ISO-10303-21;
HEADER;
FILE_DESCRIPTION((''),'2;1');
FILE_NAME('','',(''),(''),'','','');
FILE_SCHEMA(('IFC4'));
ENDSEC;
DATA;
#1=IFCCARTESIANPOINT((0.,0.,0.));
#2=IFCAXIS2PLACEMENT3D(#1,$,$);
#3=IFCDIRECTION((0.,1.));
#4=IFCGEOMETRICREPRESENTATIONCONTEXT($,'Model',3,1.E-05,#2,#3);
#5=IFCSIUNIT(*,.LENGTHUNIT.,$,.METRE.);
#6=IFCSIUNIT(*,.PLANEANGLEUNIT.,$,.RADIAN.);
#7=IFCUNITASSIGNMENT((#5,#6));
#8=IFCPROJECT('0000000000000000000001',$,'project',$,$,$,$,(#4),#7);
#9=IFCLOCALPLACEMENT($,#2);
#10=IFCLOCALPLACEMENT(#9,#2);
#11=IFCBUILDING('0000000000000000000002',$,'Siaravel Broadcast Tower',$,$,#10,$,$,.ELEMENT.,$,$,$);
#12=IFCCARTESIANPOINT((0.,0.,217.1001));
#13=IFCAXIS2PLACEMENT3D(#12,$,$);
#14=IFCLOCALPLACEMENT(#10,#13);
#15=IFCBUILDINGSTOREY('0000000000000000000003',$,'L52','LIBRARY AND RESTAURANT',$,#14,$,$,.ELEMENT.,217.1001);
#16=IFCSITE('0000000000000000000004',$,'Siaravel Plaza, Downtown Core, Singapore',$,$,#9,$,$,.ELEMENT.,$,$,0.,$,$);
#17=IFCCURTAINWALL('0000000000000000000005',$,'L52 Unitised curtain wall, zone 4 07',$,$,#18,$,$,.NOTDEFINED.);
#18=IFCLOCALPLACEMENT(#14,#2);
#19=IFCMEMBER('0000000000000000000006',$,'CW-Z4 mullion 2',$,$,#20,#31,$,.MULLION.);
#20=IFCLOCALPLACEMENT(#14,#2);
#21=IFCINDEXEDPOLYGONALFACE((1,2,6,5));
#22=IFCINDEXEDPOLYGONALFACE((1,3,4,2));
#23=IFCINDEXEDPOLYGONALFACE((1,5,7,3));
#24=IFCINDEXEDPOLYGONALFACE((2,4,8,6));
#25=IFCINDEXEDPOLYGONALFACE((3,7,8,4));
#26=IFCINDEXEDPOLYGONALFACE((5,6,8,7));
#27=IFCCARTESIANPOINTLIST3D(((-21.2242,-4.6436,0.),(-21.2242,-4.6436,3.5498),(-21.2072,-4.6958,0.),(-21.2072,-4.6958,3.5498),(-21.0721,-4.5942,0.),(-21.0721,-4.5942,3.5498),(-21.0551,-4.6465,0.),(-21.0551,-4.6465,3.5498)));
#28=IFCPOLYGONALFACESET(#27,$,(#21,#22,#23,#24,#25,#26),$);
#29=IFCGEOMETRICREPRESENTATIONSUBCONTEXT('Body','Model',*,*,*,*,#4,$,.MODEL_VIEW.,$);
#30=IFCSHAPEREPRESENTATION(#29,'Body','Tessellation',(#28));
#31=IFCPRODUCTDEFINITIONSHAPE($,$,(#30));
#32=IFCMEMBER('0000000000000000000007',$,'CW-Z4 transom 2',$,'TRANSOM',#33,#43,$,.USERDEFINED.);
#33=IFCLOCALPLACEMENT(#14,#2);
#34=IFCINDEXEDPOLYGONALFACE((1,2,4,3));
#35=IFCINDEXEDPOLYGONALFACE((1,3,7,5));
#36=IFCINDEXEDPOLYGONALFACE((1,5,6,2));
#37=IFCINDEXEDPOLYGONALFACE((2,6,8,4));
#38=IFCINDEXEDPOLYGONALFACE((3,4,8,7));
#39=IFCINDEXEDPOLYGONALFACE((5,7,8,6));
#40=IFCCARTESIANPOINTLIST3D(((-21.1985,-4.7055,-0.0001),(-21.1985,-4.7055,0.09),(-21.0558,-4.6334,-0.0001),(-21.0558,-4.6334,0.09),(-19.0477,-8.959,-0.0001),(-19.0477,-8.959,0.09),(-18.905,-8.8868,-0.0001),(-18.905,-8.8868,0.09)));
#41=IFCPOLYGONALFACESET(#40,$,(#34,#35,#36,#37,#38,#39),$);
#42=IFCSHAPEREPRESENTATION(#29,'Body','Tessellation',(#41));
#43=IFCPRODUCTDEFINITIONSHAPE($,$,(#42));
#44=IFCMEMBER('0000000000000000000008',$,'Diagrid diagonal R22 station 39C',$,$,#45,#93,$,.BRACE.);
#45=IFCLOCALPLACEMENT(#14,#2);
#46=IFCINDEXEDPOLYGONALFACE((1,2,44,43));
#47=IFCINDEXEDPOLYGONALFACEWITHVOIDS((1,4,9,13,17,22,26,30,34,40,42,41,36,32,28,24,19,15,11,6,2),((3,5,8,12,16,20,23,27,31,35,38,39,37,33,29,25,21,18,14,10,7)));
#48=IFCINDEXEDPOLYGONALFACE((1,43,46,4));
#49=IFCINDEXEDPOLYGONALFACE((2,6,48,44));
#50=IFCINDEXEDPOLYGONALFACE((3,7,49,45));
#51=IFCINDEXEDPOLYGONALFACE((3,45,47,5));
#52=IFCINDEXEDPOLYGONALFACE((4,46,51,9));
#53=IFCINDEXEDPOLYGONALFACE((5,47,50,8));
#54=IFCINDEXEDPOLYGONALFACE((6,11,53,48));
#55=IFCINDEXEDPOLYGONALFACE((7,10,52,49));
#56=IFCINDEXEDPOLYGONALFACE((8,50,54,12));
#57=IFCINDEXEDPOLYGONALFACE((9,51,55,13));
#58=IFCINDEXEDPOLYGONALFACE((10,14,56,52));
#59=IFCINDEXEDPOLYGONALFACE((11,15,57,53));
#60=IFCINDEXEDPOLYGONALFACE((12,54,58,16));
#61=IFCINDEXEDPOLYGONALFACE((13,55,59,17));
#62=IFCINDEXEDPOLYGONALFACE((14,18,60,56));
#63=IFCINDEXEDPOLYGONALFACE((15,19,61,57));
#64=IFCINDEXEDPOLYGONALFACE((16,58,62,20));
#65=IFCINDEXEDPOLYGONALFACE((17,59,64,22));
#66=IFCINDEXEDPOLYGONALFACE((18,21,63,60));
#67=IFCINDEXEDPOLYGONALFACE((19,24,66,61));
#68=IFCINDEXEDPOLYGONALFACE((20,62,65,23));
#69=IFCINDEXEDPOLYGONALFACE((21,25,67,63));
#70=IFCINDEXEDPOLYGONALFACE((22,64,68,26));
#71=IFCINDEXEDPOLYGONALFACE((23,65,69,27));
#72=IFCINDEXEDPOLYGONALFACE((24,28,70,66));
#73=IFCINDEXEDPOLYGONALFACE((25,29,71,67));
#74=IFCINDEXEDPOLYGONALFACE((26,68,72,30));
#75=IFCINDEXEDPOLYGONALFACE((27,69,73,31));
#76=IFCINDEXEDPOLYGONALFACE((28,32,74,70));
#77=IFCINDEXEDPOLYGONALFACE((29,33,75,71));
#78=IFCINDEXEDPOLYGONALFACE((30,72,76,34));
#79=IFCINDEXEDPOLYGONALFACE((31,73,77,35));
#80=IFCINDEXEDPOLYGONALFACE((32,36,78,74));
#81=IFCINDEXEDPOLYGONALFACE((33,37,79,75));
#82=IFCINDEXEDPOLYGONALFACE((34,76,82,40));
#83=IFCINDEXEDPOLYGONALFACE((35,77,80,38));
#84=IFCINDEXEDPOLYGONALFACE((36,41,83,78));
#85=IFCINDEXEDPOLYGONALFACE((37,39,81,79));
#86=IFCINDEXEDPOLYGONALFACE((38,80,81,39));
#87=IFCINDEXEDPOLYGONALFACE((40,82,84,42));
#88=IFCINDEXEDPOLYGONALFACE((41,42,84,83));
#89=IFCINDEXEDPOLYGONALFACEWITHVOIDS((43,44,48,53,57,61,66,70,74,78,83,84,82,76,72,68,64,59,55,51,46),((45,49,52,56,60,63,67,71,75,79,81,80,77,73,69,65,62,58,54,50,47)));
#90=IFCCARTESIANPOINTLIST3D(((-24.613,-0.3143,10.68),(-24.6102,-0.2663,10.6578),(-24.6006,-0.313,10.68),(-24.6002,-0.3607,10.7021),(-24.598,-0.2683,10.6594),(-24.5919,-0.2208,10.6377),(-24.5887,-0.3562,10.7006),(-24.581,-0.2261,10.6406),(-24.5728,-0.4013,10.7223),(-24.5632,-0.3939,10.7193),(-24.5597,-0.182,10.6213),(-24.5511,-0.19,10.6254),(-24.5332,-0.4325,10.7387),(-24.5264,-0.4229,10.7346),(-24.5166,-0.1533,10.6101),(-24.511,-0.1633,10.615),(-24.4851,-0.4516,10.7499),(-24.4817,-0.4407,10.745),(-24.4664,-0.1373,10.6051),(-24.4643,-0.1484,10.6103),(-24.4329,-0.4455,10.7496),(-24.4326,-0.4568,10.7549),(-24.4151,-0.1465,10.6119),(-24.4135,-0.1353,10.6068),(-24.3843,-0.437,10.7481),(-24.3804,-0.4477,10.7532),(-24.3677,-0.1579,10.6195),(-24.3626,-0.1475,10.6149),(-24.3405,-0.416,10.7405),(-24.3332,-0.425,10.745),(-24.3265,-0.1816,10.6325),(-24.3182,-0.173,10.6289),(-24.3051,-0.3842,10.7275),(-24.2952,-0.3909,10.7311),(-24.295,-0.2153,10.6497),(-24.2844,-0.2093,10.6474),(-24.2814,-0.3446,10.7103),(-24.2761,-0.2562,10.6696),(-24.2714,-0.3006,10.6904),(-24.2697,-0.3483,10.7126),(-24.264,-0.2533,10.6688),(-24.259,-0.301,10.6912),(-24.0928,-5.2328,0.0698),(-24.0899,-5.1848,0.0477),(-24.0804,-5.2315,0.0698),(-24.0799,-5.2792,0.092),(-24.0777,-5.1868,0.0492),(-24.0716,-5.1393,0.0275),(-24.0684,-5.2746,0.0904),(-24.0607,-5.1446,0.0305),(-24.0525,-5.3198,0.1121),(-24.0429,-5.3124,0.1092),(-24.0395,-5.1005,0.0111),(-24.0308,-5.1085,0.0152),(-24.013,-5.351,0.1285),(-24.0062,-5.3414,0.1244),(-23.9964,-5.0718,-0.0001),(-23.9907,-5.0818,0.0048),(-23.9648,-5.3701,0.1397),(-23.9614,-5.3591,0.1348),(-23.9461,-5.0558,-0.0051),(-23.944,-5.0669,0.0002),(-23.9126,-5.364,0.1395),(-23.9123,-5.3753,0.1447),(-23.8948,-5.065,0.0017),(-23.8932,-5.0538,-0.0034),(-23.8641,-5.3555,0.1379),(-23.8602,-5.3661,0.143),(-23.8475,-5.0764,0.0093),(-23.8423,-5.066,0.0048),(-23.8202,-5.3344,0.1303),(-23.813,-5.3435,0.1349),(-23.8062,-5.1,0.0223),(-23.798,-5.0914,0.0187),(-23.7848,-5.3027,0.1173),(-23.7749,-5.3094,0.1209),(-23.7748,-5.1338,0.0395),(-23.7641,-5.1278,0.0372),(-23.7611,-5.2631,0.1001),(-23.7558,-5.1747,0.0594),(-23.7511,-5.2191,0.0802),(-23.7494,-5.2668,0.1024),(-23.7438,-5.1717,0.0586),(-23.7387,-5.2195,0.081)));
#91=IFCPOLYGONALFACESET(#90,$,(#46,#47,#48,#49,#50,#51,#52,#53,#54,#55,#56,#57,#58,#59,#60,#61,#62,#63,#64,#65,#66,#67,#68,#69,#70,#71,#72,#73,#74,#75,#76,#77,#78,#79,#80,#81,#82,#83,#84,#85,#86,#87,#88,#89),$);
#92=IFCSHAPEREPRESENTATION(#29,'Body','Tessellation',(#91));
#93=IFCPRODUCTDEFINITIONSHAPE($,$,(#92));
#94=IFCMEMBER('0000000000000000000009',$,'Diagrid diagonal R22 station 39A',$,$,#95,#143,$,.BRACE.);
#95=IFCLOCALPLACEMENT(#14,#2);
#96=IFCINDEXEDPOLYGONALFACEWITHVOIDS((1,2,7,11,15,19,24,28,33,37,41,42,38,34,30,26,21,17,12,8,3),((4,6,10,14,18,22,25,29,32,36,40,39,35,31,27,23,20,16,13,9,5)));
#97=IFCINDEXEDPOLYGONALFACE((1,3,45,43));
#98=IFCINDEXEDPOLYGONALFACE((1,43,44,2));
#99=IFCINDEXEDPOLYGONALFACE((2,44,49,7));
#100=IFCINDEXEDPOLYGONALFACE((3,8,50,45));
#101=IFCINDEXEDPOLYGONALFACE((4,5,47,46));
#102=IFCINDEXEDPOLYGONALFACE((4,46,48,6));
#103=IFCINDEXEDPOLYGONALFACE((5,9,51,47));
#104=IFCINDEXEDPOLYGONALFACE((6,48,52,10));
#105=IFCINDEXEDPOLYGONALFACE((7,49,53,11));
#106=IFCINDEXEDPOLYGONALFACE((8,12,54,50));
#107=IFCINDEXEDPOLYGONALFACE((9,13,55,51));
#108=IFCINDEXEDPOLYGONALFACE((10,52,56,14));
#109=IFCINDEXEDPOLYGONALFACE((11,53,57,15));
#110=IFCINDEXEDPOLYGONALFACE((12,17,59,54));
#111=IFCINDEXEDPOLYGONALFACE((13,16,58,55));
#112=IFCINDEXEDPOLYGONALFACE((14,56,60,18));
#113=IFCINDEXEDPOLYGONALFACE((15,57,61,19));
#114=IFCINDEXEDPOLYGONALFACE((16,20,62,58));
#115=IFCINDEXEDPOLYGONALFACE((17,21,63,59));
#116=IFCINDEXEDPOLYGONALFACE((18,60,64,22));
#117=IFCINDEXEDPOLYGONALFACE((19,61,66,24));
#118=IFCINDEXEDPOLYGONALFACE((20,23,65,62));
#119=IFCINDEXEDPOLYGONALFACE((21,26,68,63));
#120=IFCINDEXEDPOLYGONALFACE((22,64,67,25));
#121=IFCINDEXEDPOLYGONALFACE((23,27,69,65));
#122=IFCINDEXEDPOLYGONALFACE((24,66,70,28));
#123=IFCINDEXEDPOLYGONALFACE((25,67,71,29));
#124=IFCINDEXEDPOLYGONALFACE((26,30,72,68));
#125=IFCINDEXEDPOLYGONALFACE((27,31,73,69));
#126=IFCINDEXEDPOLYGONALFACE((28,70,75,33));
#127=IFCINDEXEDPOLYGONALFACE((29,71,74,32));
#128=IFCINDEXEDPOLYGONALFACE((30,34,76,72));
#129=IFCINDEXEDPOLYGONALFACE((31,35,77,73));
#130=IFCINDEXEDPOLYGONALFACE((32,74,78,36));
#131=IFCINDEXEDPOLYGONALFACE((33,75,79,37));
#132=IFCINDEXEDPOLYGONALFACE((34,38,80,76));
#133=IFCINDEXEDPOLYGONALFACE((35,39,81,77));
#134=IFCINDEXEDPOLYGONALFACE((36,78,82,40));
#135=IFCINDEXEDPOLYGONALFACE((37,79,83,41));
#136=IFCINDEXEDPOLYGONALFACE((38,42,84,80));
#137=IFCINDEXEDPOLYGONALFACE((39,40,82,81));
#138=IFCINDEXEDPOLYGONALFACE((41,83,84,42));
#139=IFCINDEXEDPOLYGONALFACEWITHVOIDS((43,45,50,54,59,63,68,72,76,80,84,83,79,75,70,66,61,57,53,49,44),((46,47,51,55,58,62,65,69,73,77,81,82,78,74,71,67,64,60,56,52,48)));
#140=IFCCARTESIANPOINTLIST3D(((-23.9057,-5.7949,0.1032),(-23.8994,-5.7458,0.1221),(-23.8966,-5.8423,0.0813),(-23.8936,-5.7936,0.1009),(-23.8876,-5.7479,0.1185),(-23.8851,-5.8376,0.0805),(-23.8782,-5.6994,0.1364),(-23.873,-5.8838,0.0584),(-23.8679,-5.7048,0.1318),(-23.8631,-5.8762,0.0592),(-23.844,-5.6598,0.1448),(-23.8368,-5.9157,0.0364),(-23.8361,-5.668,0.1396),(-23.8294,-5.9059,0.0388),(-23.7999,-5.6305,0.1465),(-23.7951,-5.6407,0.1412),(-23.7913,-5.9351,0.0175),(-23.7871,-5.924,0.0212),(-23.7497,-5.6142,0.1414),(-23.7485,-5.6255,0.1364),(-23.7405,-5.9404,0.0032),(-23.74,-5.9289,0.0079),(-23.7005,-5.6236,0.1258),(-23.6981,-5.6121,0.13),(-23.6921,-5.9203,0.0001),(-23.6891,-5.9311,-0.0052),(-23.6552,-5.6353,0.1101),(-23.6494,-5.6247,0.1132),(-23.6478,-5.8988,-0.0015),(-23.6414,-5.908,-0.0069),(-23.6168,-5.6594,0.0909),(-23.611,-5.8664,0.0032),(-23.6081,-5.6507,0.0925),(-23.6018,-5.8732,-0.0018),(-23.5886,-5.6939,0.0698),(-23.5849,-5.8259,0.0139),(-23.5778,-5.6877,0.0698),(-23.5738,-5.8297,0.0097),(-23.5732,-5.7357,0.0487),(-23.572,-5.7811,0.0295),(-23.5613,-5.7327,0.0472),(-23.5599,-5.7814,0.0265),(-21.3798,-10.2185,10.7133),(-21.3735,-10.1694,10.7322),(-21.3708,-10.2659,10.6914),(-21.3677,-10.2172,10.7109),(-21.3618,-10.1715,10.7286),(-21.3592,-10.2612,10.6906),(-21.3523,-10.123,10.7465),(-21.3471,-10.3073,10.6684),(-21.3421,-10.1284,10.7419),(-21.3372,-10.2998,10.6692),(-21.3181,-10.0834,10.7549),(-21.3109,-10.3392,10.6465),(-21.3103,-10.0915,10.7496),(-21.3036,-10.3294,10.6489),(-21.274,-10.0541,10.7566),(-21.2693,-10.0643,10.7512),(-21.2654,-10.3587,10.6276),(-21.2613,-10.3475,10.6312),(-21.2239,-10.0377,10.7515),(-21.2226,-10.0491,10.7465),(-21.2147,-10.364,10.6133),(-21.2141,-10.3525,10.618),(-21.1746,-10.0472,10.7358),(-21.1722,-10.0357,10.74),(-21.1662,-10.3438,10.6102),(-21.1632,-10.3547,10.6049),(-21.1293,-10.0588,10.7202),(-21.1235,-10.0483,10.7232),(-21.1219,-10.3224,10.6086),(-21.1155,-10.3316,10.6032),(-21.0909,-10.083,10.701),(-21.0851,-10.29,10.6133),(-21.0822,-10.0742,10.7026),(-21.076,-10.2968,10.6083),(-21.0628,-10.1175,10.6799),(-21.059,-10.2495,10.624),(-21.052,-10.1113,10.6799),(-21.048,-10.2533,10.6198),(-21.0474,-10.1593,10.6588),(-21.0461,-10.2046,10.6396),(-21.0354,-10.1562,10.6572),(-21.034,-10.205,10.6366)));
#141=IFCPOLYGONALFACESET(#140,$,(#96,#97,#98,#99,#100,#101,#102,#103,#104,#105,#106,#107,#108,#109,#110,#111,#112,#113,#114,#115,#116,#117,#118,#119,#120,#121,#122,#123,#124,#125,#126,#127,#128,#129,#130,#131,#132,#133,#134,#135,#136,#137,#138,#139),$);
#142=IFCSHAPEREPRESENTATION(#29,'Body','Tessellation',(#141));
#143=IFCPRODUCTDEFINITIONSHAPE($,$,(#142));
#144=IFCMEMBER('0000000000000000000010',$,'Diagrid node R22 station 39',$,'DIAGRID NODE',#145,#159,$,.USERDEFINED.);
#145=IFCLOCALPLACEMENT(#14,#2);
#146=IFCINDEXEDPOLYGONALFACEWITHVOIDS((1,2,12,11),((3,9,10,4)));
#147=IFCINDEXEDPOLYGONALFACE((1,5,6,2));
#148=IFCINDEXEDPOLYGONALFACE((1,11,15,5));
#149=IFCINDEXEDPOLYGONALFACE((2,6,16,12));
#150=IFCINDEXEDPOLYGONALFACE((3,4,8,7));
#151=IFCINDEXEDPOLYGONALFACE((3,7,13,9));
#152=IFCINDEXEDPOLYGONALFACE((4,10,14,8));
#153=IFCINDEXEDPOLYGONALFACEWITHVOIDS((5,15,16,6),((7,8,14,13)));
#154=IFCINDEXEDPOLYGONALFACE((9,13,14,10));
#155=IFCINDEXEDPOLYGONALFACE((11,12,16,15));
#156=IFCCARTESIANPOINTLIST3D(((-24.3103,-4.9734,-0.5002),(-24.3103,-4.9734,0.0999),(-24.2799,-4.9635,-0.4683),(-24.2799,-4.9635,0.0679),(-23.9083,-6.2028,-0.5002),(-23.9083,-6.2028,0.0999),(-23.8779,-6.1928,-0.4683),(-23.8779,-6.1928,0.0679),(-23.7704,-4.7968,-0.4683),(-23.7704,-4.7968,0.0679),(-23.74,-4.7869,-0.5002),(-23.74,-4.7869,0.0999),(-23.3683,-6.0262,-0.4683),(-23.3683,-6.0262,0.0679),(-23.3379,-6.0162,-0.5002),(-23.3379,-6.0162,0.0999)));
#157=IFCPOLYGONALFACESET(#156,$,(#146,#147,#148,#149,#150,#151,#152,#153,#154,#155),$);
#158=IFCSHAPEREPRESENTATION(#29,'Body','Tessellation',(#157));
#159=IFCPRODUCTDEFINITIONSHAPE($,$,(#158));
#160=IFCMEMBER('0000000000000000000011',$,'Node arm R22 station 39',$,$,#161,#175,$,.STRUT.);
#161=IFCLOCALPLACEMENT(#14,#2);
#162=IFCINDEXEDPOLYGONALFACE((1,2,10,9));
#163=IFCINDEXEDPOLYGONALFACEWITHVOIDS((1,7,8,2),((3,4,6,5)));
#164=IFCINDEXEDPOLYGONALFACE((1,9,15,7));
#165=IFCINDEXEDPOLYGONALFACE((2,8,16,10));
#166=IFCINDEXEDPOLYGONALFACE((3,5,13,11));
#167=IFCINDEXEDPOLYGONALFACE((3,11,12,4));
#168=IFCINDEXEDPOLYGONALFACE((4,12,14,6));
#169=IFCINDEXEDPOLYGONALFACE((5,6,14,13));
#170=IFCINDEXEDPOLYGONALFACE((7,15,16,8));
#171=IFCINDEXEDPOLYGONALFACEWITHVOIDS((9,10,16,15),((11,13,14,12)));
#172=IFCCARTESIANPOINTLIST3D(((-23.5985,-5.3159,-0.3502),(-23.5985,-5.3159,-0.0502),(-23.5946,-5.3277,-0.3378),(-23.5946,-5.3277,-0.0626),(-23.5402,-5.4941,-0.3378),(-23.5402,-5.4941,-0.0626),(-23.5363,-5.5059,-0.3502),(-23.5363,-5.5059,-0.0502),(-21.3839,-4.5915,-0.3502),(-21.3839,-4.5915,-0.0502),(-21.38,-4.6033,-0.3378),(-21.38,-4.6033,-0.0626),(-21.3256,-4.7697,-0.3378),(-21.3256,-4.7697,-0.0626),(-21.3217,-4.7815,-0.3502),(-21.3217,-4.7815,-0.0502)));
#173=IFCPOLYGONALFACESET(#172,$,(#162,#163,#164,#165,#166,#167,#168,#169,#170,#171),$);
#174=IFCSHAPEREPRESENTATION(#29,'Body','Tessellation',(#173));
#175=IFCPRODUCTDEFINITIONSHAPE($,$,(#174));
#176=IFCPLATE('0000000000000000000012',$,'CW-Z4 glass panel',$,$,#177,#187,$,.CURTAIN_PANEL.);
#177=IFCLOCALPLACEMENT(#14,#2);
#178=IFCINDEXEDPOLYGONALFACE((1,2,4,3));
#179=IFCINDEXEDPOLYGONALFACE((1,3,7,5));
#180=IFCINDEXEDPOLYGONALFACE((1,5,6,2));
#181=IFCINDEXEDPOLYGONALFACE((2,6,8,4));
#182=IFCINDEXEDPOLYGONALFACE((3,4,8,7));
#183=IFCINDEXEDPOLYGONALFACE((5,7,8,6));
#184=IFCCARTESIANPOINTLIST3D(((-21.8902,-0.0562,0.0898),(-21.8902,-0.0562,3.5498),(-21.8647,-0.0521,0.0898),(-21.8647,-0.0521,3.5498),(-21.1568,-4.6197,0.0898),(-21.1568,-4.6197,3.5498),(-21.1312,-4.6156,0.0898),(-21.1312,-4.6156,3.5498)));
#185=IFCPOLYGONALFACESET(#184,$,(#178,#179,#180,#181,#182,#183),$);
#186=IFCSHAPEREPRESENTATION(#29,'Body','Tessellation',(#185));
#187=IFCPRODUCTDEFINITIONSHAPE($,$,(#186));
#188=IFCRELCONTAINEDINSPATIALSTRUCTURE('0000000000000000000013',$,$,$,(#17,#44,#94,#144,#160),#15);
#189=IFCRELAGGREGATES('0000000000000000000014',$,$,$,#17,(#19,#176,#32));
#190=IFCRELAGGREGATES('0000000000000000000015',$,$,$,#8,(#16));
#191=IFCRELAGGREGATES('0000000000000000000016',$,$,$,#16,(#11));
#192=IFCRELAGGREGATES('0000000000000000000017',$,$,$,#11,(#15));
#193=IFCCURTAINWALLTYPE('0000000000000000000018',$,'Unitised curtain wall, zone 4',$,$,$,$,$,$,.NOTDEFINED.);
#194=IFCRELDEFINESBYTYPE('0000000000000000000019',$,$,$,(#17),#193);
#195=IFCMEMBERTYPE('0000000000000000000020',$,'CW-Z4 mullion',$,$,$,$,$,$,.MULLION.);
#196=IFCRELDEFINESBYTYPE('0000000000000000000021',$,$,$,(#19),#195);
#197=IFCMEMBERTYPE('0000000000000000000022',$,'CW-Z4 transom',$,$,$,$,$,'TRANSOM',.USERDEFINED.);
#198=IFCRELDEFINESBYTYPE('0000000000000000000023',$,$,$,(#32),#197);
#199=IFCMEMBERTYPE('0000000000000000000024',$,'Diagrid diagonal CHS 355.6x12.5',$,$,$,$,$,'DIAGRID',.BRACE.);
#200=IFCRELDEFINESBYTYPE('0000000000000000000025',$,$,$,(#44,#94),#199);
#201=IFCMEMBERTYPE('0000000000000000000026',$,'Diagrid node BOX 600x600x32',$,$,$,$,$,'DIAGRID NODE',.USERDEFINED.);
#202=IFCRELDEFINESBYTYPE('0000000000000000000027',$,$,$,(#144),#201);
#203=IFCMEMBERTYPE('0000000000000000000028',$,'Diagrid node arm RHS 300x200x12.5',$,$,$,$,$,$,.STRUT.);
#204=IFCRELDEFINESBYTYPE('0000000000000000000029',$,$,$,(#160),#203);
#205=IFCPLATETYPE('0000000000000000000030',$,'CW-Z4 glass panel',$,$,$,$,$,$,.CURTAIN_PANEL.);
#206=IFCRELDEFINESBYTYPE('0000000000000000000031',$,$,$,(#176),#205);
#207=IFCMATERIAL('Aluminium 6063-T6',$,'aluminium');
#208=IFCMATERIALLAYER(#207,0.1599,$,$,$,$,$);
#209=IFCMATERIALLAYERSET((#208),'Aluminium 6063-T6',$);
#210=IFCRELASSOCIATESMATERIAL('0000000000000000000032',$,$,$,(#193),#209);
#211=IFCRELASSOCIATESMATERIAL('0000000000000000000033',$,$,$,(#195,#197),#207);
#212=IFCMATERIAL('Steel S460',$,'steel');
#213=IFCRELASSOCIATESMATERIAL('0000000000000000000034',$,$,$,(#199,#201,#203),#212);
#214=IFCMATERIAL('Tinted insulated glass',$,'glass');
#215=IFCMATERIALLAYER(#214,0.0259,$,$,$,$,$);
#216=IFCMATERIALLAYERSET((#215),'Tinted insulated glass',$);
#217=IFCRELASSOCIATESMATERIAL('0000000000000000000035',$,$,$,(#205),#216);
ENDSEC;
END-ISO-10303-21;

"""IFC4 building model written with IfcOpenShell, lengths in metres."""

from ifc_helpers import new_model, si_unit, direction, frame, origin, origin_2d, place, context, subcontext, project, spatial, rectangle, hollow_rectangle, hollow_circle, extrude, material, layer, layer_set, material_profile, profile_set, type_object, element, aggregate, save


model = new_model("IFC4")

# Units and contexts
model_context = context("Model", 3, precision=1e-05, world=origin(), true_north=direction((0.0, 1.0)))
body_context = subcontext(model_context, "Body", "Model", "MODEL_VIEW")
ifc_project = project(units=[si_unit("LENGTHUNIT", "METRE"), si_unit("PLANEANGLEUNIT", "RADIAN")], contexts=[model_context])

# Site, building, storey
site_placement = place(None, origin())
site = spatial("IfcSite", under=ifc_project, at=site_placement, Name="Siaravel Plaza, Downtown Core, Singapore", CompositionType="ELEMENT", RefElevation=0.0)
building_placement = place(site_placement, origin())
building = spatial("IfcBuilding", under=site, at=building_placement, Name="Siaravel Broadcast Tower", CompositionType="ELEMENT")
storey_placement = place(building_placement, frame((0.0, 0.0, 217.1001)))
storey = spatial("IfcBuildingStorey", under=building, at=storey_placement, Name="L52", Description="LIBRARY AND RESTAURANT", CompositionType="ELEMENT", Elevation=217.1001)

# Curtain wall, members
ifc_material_1 = material(Name="Aluminium 6063-T6", Category="aluminium")
ifc_layer_1 = layer(ifc_material_1, 0.1599)
ifc_layer_set_1 = layer_set([ifc_layer_1], Name="Aluminium 6063-T6")
curtain_wall_type = type_object("IfcCurtainWallType", Name="Unitised curtain wall, zone 4", PredefinedType="NOTDEFINED", material=ifc_layer_set_1)
curtain_wall_placement = place(storey_placement, origin())
curtain_wall = element("IfcCurtainWall", 1, at=curtain_wall_placement, inside=storey, type_object=curtain_wall_type, Name="L52 Unitised curtain wall, zone 4 07", PredefinedType="NOTDEFINED")
ifc_material_profile_1 = material_profile(ifc_material_1, rectangle(XDim=0.1599, YDim=0.0549, at=origin_2d()))
ifc_profile_set_1 = profile_set([ifc_material_profile_1], Name="Aluminium 6063-T6")
member_type_1 = type_object("IfcMemberType", Name="CW-Z4 mullion", PredefinedType="MULLION", material=ifc_profile_set_1)
member_1_placement = place(storey_placement, frame((-21.1396, -4.645, 0.0), z_axis=(0.0, 0.0, 1.0), x_axis=(0.951178, 0.308644, 0.0)))
member_1 = element("IfcMember", 2, at=member_1_placement, type_object=member_type_1, Name="CW-Z4 mullion 2", PredefinedType="MULLION", context=body_context, shape_type="SweptSolid", body=[
    extrude(rectangle(XDim=0.1599, YDim=0.0549, at=origin_2d()), origin(), (0.0, 0.0, 1.0), 3.5498),
])
ifc_material_profile_2 = material_profile(ifc_material_1, rectangle(XDim=0.1599, YDim=0.0901, at=origin_2d()))
ifc_profile_set_2 = profile_set([ifc_material_profile_2], Name="Aluminium 6063-T6")
member_type_2 = type_object("IfcMemberType", Name="CW-Z4 transom", ElementType="TRANSOM", PredefinedType="USERDEFINED", material=ifc_profile_set_2)
member_2_placement = place(storey_placement, frame((-21.1272, -4.6694, 0.0449), z_axis=(0.451266, -0.89239, 0.0), x_axis=(0.89239, 0.451266, 0.0)))
member_2 = element("IfcMember", 3, at=member_2_placement, type_object=member_type_2, Name="CW-Z4 transom 2", ObjectType="TRANSOM", PredefinedType="USERDEFINED", context=body_context, shape_type="SweptSolid", body=[
    extrude(rectangle(XDim=0.1599, YDim=0.0901, at=origin_2d()), origin(), (0.0, 0.0, 1.0), 4.7664),
])

# Members
ifc_material_2 = material(Name="Steel S460", Category="steel")
ifc_material_profile_3 = material_profile(ifc_material_2, hollow_circle(Radius=0.1777, WallThickness=0.0125, at=origin_2d()))
ifc_profile_set_3 = profile_set([ifc_material_profile_3], Name="Steel S460")
member_type_3 = type_object("IfcMemberType", Name="Diagrid diagonal CHS 355.6x12.5", ElementType="DIAGRID", PredefinedType="BRACE", material=ifc_profile_set_3)
member_3_placement = place(storey_placement, frame((-23.916, -5.2141, 0.0698), z_axis=(-0.044443, 0.420157, 0.906363), x_axis=(-0.994452, -0.105191, 0.0)))
element("IfcMember", 4, at=member_3_placement, inside=storey, type_object=member_type_3, Name="Diagrid diagonal R22 station 39C", PredefinedType="BRACE", context=body_context, shape_type="SweptSolid", body=[
    extrude(hollow_circle(Radius=0.1777, WallThickness=0.0125, at=origin_2d()), origin(), (0.0, 0.0, 1.0), 11.7063),
])
member_4_placement = place(storey_placement, frame((-23.7322, -5.7759, 0.0698), z_axis=(0.214611, -0.37585, 0.901487), x_axis=(0.868402, 0.49586, 0.0)))
element("IfcMember", 5, at=member_4_placement, inside=storey, type_object=member_type_3, Name="Diagrid diagonal R22 station 39A", PredefinedType="BRACE", context=body_context, shape_type="SweptSolid", body=[
    extrude(hollow_circle(Radius=0.1777, WallThickness=0.0125, at=origin_2d()), origin(), (0.0, 0.0, 1.0), 11.7695),
])
ifc_material_profile_4 = material_profile(ifc_material_2, hollow_rectangle(XDim=0.6001, YDim=0.6001, WallThickness=0.032, at=origin_2d()))
ifc_profile_set_4 = profile_set([ifc_material_profile_4], Name="Steel S460")
member_type_4 = type_object("IfcMemberType", Name="Diagrid node BOX 600x600x32", ElementType="DIAGRID NODE", PredefinedType="USERDEFINED", material=ifc_profile_set_4)
member_5_placement = place(storey_placement, frame((-24.0251, -4.8801, -0.2002), z_axis=(0.310844, -0.950461, 0.0), x_axis=(0.950461, 0.310844, 0.0)))
element("IfcMember", 6, at=member_5_placement, inside=storey, type_object=member_type_4, Name="Diagrid node R22 station 39", ObjectType="DIAGRID NODE", PredefinedType="USERDEFINED", context=body_context, shape_type="SweptSolid", body=[
    extrude(hollow_rectangle(XDim=0.6001, YDim=0.6001, WallThickness=0.032, at=origin_2d()), origin(), (0.0, 0.0, 1.0), 1.2935),
])
ifc_material_profile_5 = material_profile(ifc_material_2, hollow_rectangle(XDim=0.2, YDim=0.3, WallThickness=0.0125, at=origin_2d()))
ifc_profile_set_5 = profile_set([ifc_material_profile_5], Name="Steel S460")
member_type_5 = type_object("IfcMemberType", Name="Diagrid node arm RHS 300x200x12.5", PredefinedType="STRUT", material=ifc_profile_set_5)
member_6_placement = place(storey_placement, frame((-21.3528, -4.6865, -0.2002), z_axis=(-0.950449, -0.310879, 0.0), x_axis=(0.310879, -0.950449, 0.0)))
element("IfcMember", 7, at=member_6_placement, inside=storey, type_object=member_type_5, Name="Node arm R22 station 39", PredefinedType="STRUT", context=body_context, shape_type="SweptSolid", body=[
    extrude(hollow_rectangle(XDim=0.2, YDim=0.3, WallThickness=0.0125, at=origin_2d()), origin(), (0.0, 0.0, 1.0), 2.3301),
])

# Plate
ifc_material_3 = material(Name="Tinted insulated glass", Category="glass")
ifc_layer_2 = layer(ifc_material_3, 0.0259)
ifc_layer_set_2 = layer_set([ifc_layer_2], Name="Tinted insulated glass")
plate_type = type_object("IfcPlateType", Name="CW-Z4 glass panel", PredefinedType="CURTAIN_PANEL", material=ifc_layer_set_2)
plate_1_placement = place(storey_placement, frame((-21.5107, -2.3359, 0.0898), z_axis=(0.0, 0.0, 1.0), x_axis=(0.158685, -0.987329, 0.0)))
plate_1 = element("IfcPlate", 8, at=plate_1_placement, type_object=plate_type, Name="CW-Z4 glass panel", PredefinedType="CURTAIN_PANEL", context=body_context, shape_type="SweptSolid", body=[
    extrude(rectangle(XDim=4.6221, YDim=0.0259, at=origin_2d()), origin(), (0.0, 0.0, 1.0), 3.46),
])
aggregate(curtain_wall, [member_1, plate_1, member_2])

save(model, "model.ifc")
